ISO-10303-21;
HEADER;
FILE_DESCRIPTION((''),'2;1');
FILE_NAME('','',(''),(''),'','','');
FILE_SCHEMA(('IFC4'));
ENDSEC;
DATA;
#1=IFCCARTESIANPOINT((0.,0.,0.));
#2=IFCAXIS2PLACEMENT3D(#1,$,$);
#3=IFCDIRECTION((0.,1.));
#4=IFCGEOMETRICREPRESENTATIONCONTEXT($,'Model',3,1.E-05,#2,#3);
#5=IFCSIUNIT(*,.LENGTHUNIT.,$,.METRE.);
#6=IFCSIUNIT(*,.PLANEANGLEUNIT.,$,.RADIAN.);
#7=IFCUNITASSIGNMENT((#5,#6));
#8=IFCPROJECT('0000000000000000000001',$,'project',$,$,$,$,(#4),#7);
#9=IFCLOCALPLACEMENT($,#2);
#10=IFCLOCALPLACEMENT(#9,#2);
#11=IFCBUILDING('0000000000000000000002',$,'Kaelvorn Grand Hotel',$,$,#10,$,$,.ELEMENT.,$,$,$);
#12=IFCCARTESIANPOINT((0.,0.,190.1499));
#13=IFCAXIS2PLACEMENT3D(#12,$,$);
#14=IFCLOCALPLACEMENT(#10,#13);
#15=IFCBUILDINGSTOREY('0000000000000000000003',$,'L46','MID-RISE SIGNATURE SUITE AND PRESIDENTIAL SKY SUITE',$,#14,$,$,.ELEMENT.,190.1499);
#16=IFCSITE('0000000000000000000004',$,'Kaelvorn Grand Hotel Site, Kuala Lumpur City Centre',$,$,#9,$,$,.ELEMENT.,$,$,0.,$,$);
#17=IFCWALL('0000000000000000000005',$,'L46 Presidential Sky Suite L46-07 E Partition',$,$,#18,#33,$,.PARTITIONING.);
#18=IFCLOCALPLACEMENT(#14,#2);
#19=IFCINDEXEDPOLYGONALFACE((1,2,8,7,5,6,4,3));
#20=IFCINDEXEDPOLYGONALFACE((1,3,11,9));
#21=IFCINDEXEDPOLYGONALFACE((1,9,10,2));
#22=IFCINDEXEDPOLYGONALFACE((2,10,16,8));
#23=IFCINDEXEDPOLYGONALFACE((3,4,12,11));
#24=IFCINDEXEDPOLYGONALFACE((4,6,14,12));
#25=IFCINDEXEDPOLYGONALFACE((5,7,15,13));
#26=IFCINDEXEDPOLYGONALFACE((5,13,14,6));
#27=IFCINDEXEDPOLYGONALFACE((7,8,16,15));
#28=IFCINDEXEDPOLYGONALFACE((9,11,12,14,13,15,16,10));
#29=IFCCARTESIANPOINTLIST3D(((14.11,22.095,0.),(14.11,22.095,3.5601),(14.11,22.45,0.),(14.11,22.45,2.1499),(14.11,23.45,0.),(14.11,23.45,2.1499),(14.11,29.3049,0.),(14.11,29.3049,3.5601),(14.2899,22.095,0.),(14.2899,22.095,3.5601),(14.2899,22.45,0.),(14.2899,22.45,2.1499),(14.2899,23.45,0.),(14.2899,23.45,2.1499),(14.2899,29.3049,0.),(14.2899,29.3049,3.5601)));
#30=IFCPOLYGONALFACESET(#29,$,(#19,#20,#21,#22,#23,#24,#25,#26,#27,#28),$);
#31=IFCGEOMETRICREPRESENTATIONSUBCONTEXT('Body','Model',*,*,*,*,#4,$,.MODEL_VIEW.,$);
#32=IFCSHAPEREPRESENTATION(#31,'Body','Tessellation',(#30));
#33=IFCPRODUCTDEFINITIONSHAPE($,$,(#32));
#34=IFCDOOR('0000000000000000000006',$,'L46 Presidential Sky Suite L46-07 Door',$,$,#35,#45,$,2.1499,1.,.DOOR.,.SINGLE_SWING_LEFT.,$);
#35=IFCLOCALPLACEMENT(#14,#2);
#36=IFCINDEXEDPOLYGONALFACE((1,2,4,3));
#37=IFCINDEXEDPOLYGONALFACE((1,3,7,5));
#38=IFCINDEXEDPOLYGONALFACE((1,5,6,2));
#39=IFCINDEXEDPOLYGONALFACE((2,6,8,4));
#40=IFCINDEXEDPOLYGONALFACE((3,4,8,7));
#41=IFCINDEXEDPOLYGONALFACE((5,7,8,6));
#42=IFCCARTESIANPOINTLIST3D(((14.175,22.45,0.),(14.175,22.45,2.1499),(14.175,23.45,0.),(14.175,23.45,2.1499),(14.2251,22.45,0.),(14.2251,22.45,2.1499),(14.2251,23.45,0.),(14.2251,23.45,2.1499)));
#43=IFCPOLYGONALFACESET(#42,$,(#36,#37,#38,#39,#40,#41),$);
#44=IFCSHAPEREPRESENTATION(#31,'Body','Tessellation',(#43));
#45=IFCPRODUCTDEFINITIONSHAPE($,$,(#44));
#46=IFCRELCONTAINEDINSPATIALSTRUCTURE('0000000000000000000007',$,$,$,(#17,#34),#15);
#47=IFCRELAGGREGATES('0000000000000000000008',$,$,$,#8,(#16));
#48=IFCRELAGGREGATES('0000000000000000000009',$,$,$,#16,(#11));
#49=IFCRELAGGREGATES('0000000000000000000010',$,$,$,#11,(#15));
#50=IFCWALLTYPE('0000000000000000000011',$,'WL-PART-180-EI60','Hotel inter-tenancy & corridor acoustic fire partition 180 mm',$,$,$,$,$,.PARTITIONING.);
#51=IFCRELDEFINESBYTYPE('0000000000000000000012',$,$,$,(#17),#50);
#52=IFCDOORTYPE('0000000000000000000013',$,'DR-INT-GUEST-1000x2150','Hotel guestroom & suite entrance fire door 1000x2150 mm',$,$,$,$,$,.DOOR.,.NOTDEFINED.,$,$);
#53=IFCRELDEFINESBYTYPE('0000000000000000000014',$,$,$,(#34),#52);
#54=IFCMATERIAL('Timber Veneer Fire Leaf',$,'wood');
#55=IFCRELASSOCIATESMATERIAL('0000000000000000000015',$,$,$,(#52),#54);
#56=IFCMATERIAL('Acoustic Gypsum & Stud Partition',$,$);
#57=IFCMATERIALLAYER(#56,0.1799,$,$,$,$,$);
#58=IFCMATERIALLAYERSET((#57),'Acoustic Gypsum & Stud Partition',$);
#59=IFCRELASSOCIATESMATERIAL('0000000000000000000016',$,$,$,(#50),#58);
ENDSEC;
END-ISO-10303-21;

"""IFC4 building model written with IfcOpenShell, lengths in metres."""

from ifc_helpers import new_model, si_unit, direction, frame, frame_2d, origin, place, context, subcontext, project, spatial, rectangle, extrude, material, layer, layer_set, type_object, element, fill, save


model = new_model("IFC4")

# Units and contexts
model_context = context("Model", 3, precision=1e-05, world=origin(), true_north=direction((0.0, 1.0)))
body_context = subcontext(model_context, "Body", "Model", "MODEL_VIEW")
ifc_project = project(units=[si_unit("LENGTHUNIT", "METRE"), si_unit("PLANEANGLEUNIT", "RADIAN")], contexts=[model_context])

# Site, building, storey
site_placement = place(None, origin())
site = spatial("IfcSite", under=ifc_project, at=site_placement, Name="Kaelvorn Grand Hotel Site, Kuala Lumpur City Centre", CompositionType="ELEMENT", RefElevation=0.0)
building_placement = place(site_placement, origin())
building = spatial("IfcBuilding", under=site, at=building_placement, Name="Kaelvorn Grand Hotel", CompositionType="ELEMENT")
storey_placement = place(building_placement, frame((0.0, 0.0, 190.1499)))
storey = spatial("IfcBuildingStorey", under=building, at=storey_placement, Name="L46", Description="MID-RISE SIGNATURE SUITE AND PRESIDENTIAL SKY SUITE", CompositionType="ELEMENT", Elevation=190.1499)

# Shared definitions
ifc_material_1 = material(Name="Acoustic Gypsum & Stud Partition")
ifc_material_2 = material(Name="Timber Veneer Fire Leaf", Category="wood")
door_type_1 = type_object("IfcDoorType", Name="DR-INT-GUEST-1000x2150", Description="Hotel guestroom & suite entrance fire door 1000x2150 mm", OperationType="NOTDEFINED", PredefinedType="DOOR", material=ifc_material_2)

# Wall, opening, door
ifc_layer_1 = layer(ifc_material_1, 0.1799)
ifc_layer_set_1 = layer_set([ifc_layer_1], Name="Acoustic Gypsum & Stud Partition")
wall_type_1 = type_object("IfcWallType", Name="WL-PART-180-EI60", Description="Hotel inter-tenancy & corridor acoustic fire partition 180 mm", PredefinedType="PARTITIONING", material=ifc_layer_set_1)
wall_1_placement = place(storey_placement, frame((14.2, 22.095, 0.0), z_axis=(0.0, 0.0, 1.0), x_axis=(0.0, 1.0, 0.0)))
wall_1 = element("IfcWall", 1, at=wall_1_placement, inside=storey, type_object=wall_type_1, Name="L46 Presidential Sky Suite L46-07 E Partition", PredefinedType="PARTITIONING", context=body_context, shape_type="SweptSolid", body=[
    extrude(rectangle(XDim=7.21, YDim=0.1799, at=frame_2d((3.605, 0.0))), origin(), (0.0, 0.0, 1.0), 3.5601),
])
opening_1_placement = place(wall_1_placement, frame((0.355, 0.0, 0.0)))
opening_1 = element("IfcOpeningElement", 2, at=opening_1_placement, cuts=wall_1, PredefinedType="OPENING", context=body_context, shape_type="SweptSolid", body=[
    extrude(rectangle(XDim=1.0, YDim=2.1499, at=frame_2d((0.5, 1.075))), frame((0.0, 0.1001, 0.0), z_axis=(0.0, -1.0, 0.0), x_axis=(1.0, 0.0, 0.0)), (0.0, 0.0, 1.0), 0.2),
])
door_1_placement = place(opening_1_placement, origin())
door_1 = element("IfcDoor", 3, at=door_1_placement, inside=storey, type_object=door_type_1, Name="L46 Presidential Sky Suite L46-07 Door", OperationType="SINGLE_SWING_LEFT", OverallHeight=2.1499, OverallWidth=1.0, PredefinedType="DOOR", context=body_context, shape_type="SweptSolid", body=[
    extrude(rectangle(XDim=1.0, YDim=2.1499, at=frame_2d((0.5, 1.075))), frame((0.0, 0.0249, 0.0), z_axis=(0.0, -1.0, 0.0), x_axis=(1.0, 0.0, 0.0)), (0.0, 0.0, 1.0), 0.05),
])
fill(opening_1, door_1)

save(model, "model.ifc")
